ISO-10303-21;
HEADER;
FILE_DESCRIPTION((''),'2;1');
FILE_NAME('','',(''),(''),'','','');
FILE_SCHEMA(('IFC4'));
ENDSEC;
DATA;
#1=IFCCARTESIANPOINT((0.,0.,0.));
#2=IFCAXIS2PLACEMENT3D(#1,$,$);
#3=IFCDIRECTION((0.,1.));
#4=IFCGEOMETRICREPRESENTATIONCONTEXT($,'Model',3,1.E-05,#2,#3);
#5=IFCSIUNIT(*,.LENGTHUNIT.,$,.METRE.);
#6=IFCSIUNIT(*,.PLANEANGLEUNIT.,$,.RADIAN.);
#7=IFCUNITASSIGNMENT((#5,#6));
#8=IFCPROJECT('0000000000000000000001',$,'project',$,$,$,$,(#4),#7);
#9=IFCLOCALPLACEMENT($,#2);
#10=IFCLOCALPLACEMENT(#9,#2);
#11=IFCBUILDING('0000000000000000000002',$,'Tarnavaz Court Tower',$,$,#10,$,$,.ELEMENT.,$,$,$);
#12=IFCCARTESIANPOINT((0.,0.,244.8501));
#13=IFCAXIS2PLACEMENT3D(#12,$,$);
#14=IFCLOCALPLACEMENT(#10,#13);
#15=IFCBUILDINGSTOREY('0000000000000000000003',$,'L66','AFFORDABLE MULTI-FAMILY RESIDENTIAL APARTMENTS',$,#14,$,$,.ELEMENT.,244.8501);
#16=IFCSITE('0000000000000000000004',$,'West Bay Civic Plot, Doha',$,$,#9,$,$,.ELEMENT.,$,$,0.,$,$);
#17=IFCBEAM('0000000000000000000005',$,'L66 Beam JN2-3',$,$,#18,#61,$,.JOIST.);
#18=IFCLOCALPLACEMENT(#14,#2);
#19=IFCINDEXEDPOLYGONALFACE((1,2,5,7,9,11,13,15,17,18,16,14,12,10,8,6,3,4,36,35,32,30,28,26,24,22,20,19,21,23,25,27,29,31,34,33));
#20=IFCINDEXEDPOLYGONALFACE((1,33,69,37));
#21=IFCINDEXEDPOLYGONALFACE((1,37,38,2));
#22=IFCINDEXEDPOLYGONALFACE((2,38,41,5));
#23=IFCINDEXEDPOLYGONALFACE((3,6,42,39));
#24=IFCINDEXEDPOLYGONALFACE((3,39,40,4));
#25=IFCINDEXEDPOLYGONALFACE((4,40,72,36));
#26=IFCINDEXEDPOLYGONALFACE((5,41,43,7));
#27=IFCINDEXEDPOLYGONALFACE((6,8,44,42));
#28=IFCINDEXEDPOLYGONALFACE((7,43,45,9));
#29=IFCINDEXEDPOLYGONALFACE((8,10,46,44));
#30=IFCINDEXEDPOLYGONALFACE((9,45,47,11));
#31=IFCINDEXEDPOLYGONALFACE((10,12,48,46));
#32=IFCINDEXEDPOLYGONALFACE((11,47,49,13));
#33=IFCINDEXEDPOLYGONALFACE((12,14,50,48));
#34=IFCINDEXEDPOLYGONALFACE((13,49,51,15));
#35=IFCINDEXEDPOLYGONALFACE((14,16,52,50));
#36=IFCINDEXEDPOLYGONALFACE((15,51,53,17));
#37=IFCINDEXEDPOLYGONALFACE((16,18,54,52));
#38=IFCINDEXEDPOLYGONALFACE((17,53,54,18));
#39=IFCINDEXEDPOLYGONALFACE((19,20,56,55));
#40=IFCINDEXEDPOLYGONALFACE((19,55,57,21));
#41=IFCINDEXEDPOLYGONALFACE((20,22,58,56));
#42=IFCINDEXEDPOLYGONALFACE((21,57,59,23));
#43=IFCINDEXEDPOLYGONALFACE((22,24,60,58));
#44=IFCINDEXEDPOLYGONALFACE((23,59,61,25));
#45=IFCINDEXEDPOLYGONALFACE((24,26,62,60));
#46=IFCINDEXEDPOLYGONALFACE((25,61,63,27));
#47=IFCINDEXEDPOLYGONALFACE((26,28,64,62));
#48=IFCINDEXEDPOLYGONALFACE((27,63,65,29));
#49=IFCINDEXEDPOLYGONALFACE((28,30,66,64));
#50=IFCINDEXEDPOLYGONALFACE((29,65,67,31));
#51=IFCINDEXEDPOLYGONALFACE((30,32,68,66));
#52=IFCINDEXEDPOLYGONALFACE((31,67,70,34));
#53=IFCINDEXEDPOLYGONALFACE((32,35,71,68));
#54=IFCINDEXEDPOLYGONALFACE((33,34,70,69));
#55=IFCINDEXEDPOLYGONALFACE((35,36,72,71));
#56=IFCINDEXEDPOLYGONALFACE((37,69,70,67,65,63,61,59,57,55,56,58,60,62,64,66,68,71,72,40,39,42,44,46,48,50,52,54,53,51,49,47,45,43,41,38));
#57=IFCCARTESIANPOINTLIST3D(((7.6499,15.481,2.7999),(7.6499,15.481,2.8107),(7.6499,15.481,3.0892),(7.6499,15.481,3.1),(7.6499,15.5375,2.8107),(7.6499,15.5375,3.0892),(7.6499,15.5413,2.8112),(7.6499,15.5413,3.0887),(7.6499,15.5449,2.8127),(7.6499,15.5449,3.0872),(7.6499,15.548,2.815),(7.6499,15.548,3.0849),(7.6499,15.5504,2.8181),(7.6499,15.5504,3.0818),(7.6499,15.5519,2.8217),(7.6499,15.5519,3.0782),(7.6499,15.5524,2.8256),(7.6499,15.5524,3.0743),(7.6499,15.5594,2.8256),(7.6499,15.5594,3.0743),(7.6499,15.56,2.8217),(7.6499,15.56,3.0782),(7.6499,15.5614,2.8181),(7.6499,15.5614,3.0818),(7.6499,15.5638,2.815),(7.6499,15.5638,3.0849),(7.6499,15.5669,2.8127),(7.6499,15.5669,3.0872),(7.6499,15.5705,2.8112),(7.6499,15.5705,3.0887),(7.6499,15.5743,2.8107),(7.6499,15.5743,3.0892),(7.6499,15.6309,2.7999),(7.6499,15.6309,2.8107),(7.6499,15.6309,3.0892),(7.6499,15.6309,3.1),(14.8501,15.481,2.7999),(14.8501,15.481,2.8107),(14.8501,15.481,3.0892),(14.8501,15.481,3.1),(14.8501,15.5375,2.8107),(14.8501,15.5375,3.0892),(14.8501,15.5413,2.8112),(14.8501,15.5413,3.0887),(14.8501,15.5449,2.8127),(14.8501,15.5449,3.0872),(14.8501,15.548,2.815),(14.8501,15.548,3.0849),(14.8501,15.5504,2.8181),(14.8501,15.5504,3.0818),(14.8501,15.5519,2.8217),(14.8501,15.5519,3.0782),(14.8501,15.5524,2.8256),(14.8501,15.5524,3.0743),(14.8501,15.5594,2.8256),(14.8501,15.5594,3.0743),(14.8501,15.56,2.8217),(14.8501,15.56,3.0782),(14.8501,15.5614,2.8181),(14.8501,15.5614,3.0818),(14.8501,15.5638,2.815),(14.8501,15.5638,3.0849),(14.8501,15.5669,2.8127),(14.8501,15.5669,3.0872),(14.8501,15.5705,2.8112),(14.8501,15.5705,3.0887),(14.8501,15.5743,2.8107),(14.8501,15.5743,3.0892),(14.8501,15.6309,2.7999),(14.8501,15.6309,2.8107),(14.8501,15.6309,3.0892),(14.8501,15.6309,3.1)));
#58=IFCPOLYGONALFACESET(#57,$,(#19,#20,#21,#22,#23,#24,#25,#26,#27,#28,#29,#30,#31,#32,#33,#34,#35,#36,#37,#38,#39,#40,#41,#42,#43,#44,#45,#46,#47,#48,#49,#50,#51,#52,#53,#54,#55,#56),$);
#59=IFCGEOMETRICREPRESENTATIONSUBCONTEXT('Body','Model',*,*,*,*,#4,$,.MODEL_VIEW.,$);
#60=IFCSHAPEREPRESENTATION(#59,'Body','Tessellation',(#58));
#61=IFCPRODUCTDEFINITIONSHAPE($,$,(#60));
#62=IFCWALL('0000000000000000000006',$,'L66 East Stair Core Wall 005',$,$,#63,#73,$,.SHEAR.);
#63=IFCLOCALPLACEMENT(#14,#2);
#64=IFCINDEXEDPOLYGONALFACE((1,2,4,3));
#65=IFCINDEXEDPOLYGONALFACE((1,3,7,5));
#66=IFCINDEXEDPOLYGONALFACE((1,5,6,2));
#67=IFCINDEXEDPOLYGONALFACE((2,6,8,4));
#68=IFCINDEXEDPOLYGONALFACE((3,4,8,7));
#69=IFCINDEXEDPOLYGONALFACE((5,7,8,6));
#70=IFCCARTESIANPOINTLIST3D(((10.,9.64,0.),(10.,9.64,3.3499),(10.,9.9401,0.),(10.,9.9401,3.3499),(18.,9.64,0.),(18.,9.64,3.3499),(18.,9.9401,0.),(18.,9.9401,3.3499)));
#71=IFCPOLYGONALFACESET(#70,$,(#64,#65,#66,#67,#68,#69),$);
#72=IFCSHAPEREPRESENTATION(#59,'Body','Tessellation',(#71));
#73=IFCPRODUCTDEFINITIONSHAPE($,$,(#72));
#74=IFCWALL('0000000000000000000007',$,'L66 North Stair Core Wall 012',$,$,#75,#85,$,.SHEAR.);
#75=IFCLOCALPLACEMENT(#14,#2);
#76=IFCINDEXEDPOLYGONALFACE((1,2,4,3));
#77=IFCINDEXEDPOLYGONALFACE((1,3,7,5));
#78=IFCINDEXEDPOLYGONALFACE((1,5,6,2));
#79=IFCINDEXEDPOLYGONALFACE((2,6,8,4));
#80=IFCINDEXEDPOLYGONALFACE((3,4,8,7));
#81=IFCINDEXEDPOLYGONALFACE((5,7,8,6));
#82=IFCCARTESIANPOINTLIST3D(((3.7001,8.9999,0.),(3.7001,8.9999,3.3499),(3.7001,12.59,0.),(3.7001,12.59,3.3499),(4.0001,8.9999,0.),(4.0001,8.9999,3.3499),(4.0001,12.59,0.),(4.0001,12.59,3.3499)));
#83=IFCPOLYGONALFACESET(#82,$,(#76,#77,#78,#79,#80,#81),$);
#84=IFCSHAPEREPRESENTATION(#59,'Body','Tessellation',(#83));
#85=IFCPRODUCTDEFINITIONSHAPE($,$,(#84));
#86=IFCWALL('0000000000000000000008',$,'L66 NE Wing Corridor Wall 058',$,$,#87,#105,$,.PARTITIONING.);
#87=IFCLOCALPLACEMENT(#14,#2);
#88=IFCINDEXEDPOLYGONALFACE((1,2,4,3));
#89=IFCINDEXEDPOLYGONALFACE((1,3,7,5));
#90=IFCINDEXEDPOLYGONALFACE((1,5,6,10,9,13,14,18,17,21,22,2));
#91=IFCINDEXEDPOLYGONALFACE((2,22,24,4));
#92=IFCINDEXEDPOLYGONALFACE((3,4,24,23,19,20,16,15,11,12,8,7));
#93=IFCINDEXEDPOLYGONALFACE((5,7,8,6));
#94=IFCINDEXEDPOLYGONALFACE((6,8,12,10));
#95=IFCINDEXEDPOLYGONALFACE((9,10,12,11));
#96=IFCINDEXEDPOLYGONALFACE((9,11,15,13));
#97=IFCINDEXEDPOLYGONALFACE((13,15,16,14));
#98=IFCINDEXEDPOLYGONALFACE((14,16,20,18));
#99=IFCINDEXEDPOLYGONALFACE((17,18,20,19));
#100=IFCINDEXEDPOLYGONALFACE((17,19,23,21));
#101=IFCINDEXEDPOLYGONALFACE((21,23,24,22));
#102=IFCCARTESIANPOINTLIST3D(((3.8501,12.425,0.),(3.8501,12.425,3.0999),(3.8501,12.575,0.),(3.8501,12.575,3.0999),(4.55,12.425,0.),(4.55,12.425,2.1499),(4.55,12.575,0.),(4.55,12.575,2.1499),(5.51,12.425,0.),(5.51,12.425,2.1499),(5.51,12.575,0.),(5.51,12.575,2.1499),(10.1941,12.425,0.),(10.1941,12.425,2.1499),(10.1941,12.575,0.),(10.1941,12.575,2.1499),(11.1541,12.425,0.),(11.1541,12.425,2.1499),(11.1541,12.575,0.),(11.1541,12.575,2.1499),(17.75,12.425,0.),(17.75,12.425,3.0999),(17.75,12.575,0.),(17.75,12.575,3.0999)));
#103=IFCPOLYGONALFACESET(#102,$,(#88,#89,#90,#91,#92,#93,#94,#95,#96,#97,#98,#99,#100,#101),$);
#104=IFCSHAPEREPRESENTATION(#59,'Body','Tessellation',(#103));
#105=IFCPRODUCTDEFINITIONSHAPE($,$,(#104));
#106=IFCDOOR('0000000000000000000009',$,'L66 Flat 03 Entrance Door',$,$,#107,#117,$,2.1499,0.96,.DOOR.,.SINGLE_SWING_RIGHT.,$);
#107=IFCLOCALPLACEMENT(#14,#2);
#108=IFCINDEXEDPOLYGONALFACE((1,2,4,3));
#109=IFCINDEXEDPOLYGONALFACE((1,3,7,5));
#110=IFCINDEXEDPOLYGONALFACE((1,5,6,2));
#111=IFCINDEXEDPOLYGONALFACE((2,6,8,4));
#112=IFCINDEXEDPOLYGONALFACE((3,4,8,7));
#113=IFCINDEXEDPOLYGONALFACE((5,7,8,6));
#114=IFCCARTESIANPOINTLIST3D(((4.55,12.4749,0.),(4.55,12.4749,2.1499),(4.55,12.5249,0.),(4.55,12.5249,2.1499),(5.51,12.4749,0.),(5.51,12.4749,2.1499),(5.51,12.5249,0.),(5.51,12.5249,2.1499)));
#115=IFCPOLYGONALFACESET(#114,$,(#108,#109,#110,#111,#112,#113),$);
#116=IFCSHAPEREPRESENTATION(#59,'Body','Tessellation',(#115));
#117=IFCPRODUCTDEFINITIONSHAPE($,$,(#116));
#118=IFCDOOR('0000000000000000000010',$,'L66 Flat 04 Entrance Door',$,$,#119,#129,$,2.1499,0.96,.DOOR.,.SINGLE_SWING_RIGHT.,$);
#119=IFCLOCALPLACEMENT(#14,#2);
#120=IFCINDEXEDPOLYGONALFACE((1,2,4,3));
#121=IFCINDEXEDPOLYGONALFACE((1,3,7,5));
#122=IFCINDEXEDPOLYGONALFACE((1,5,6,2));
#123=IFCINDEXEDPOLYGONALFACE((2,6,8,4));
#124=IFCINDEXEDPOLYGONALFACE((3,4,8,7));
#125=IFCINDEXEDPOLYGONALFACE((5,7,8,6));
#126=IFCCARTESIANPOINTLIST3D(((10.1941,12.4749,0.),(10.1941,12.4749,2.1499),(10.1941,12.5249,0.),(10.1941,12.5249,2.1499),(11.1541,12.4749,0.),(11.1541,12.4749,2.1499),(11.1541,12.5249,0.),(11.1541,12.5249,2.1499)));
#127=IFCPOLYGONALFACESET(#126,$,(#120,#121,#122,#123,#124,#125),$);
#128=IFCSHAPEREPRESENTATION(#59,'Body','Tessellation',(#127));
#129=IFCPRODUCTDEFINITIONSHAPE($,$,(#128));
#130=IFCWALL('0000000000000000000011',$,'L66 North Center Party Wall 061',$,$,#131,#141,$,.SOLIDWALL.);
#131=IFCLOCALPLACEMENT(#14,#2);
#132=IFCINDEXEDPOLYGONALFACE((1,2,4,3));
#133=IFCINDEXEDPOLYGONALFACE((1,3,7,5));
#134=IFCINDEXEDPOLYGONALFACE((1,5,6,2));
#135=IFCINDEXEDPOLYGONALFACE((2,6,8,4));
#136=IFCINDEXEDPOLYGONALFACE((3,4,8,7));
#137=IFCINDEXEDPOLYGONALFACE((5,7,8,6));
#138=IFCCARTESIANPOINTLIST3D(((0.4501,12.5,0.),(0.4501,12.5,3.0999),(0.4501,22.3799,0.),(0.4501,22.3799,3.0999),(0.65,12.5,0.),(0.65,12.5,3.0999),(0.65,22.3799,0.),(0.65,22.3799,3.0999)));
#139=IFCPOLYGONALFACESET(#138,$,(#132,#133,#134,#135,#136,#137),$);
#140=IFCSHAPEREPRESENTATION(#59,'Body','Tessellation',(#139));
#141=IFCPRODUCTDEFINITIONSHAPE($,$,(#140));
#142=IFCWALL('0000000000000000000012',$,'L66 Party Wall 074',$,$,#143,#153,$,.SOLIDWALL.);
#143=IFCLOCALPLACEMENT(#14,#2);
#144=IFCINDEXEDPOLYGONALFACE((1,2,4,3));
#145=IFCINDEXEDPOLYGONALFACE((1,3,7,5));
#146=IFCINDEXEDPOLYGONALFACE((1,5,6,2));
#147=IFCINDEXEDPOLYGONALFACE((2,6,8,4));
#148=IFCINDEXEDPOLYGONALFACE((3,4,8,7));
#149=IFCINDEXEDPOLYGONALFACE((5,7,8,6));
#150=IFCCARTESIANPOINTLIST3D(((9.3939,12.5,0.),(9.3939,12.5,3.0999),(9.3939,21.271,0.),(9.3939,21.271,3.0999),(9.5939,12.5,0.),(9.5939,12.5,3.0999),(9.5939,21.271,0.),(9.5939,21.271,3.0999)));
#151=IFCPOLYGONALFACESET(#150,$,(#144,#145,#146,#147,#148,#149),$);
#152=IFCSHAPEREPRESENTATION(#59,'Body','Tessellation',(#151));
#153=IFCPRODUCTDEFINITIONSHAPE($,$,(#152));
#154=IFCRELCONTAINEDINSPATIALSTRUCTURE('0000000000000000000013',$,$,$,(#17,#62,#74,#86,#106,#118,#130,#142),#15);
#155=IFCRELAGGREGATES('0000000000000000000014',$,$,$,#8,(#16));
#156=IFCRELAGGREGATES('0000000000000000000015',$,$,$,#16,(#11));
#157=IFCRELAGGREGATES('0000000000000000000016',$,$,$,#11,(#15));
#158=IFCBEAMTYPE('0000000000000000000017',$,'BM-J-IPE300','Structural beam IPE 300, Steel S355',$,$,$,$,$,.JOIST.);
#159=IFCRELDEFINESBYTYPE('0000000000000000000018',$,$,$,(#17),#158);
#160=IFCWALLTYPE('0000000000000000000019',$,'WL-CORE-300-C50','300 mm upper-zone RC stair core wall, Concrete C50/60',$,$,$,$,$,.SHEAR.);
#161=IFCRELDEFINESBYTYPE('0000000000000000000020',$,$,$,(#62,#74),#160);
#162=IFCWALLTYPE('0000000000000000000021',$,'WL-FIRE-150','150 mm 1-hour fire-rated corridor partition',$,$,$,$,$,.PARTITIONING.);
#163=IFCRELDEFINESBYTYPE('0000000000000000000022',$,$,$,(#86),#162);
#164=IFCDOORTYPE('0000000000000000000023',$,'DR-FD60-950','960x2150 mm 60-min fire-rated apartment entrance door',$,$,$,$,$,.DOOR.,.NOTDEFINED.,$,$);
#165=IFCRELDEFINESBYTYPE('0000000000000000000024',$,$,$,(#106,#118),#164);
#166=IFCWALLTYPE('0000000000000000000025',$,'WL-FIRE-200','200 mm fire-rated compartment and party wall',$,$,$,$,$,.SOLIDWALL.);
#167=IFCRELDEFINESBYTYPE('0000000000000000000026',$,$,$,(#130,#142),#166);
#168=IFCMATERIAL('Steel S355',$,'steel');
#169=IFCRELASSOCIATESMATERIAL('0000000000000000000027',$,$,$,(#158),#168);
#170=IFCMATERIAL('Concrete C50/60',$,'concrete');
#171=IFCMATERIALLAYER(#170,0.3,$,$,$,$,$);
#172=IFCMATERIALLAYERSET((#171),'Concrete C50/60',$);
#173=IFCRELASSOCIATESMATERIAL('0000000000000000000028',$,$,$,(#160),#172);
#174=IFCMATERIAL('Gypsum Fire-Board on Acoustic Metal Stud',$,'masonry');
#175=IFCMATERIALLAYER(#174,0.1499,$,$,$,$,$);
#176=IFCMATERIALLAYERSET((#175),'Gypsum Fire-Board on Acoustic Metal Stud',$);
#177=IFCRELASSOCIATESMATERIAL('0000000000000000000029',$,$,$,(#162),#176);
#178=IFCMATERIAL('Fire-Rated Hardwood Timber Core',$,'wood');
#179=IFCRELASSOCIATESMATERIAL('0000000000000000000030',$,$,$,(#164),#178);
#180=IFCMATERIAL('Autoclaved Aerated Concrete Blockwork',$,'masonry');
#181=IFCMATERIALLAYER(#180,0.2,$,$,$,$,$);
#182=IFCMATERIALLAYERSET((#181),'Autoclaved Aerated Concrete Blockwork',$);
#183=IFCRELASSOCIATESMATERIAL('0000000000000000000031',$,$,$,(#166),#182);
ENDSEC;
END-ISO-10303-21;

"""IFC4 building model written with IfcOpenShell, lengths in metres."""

from ifc_helpers import new_model, si_unit, direction, frame, frame_2d, origin, origin_2d, place, context, subcontext, project, spatial, rectangle, i_section, extrude, material, layer, layer_set, material_profile, profile_set, type_object, element, fill, save


model = new_model("IFC4")

# Units and contexts
model_context = context("Model", 3, precision=1e-05, world=origin(), true_north=direction((0.0, 1.0)))
body_context = subcontext(model_context, "Body", "Model", "MODEL_VIEW")
ifc_project = project(units=[si_unit("LENGTHUNIT", "METRE"), si_unit("PLANEANGLEUNIT", "RADIAN")], contexts=[model_context])

# Site, building, storey
site_placement = place(None, origin())
site = spatial("IfcSite", under=ifc_project, at=site_placement, Name="West Bay Civic Plot, Doha", CompositionType="ELEMENT", RefElevation=0.0)
building_placement = place(site_placement, origin())
building = spatial("IfcBuilding", under=site, at=building_placement, Name="Tarnavaz Court Tower", CompositionType="ELEMENT")
storey_placement = place(building_placement, frame((0.0, 0.0, 244.8501)))
storey = spatial("IfcBuildingStorey", under=building, at=storey_placement, Name="L66", Description="AFFORDABLE MULTI-FAMILY RESIDENTIAL APARTMENTS", CompositionType="ELEMENT", Elevation=244.8501)

# Shared definitions
ifc_material_1 = material(Name="Concrete C50/60", Category="concrete")

# Beam
ifc_material_2 = material(Name="Steel S355", Category="steel")
ifc_material_profile_1 = material_profile(ifc_material_2, i_section(OverallWidth=0.1499, OverallDepth=0.3, WebThickness=0.0071, FlangeThickness=0.0107, FilletRadius=0.0149, at=origin_2d()), Name="IPE 300")
ifc_profile_set_1 = profile_set([ifc_material_profile_1], Name="Steel S355")
beam_type_1 = type_object("IfcBeamType", Name="BM-J-IPE300", Description="Structural beam IPE 300, Steel S355", PredefinedType="JOIST", material=ifc_profile_set_1)
for number, where, z_axis, x_axis, name in (
    (1, (7.6499, 15.5559, 2.95), (1.0, 0.0, 0.0), (0.0, 1.0, 0.0), "L66 Beam JN2-3"),
):
    element("IfcBeam", number, at=place(storey_placement, frame(where, z_axis=z_axis, x_axis=x_axis)), inside=storey, type_object=beam_type_1, Name=name, PredefinedType="JOIST", context=body_context, shape_type="SweptSolid", body=[
        extrude(i_section(OverallWidth=0.1499, OverallDepth=0.3, WebThickness=0.0071, FlangeThickness=0.0107, FilletRadius=0.0149, at=origin_2d()), origin(), (0.0, 0.0, 1.0), 7.2002),
    ])

# Wall
ifc_layer_1 = layer(ifc_material_1, 0.3)
ifc_layer_set_1 = layer_set([ifc_layer_1], Name="Concrete C50/60")
wall_type_1 = type_object("IfcWallType", Name="WL-CORE-300-C50", Description="300 mm upper-zone RC stair core wall, Concrete C50/60", PredefinedType="SHEAR", material=ifc_layer_set_1)
wall_1_placement = place(storey_placement, frame((10.0, 9.79, 0.0), z_axis=(0.0, 0.0, 1.0), x_axis=(1.0, 0.0, 0.0)))
element("IfcWall", 2, at=wall_1_placement, inside=storey, type_object=wall_type_1, Name="L66 East Stair Core Wall 005", PredefinedType="SHEAR", context=body_context, shape_type="SweptSolid", body=[
    extrude(rectangle(XDim=8.0, YDim=0.3, at=frame_2d((4.0, 0.0))), origin(), (0.0, 0.0, 1.0), 3.3499),
])

# Shared definitions
ifc_material_3 = material(Name="Fire-Rated Hardwood Timber Core", Category="wood")

# Wall
wall_2_placement = place(storey_placement, frame((3.8501, 9.0, 0.0), z_axis=(0.0, 0.0, 1.0), x_axis=(0.0, 1.0, 0.0)))
element("IfcWall", 3, at=wall_2_placement, inside=storey, type_object=wall_type_1, Name="L66 North Stair Core Wall 012", PredefinedType="SHEAR", context=body_context, shape_type="SweptSolid", body=[
    extrude(rectangle(XDim=3.5901, YDim=0.3, at=frame_2d((1.7949, 0.0))), origin(), (0.0, 0.0, 1.0), 3.3499),
])

# Wall, openings, doors
ifc_material_4 = material(Name="Gypsum Fire-Board on Acoustic Metal Stud", Category="masonry")
ifc_layer_2 = layer(ifc_material_4, 0.1499)
ifc_layer_set_2 = layer_set([ifc_layer_2], Name="Gypsum Fire-Board on Acoustic Metal Stud")
wall_type_2 = type_object("IfcWallType", Name="WL-FIRE-150", Description="150 mm 1-hour fire-rated corridor partition", PredefinedType="PARTITIONING", material=ifc_layer_set_2)
wall_3_placement = place(storey_placement, frame((3.8501, 12.5, 0.0), z_axis=(0.0, 0.0, 1.0), x_axis=(1.0, 0.0, 0.0)))
wall_3 = element("IfcWall", 4, at=wall_3_placement, inside=storey, type_object=wall_type_2, Name="L66 NE Wing Corridor Wall 058", PredefinedType="PARTITIONING", context=body_context, shape_type="SweptSolid", body=[
    extrude(rectangle(XDim=13.8999, YDim=0.1499, at=frame_2d((6.95, 0.0))), origin(), (0.0, 0.0, 1.0), 3.0999),
])
opening_1_placement = place(wall_3_placement, frame((0.7, 0.0, 0.0)))
opening_1 = element("IfcOpeningElement", 5, at=opening_1_placement, cuts=wall_3, PredefinedType="OPENING", context=body_context, shape_type="SweptSolid", body=[
    extrude(rectangle(XDim=0.96, YDim=2.1499, at=frame_2d((0.48, 1.075))), frame((0.0, 0.085, 0.0), z_axis=(0.0, -1.0, 0.0), x_axis=(1.0, 0.0, 0.0)), (0.0, 0.0, 1.0), 0.1699),
])
opening_2_placement = place(wall_3_placement, frame((6.344, 0.0, 0.0)))
opening_2 = element("IfcOpeningElement", 6, at=opening_2_placement, cuts=wall_3, PredefinedType="OPENING", context=body_context, shape_type="SweptSolid", body=[
    extrude(rectangle(XDim=0.96, YDim=2.1499, at=frame_2d((0.48, 1.075))), frame((0.0, 0.085, 0.0), z_axis=(0.0, -1.0, 0.0), x_axis=(1.0, 0.0, 0.0)), (0.0, 0.0, 1.0), 0.1699),
])
door_type_1 = type_object("IfcDoorType", Name="DR-FD60-950", Description="960x2150 mm 60-min fire-rated apartment entrance door", OperationType="NOTDEFINED", PredefinedType="DOOR", material=ifc_material_3)
door_1_placement = place(opening_1_placement, origin())
door_1 = element("IfcDoor", 7, at=door_1_placement, inside=storey, type_object=door_type_1, Name="L66 Flat 03 Entrance Door", OperationType="SINGLE_SWING_RIGHT", OverallHeight=2.1499, OverallWidth=0.96, PredefinedType="DOOR", context=body_context, shape_type="SweptSolid", body=[
    extrude(rectangle(XDim=0.96, YDim=2.1499, at=frame_2d((0.48, 1.075))), frame((0.0, 0.0249, 0.0), z_axis=(0.0, -1.0, 0.0), x_axis=(1.0, 0.0, 0.0)), (0.0, 0.0, 1.0), 0.05),
])
fill(opening_1, door_1)
door_2_placement = place(opening_2_placement, origin())
door_2 = element("IfcDoor", 8, at=door_2_placement, inside=storey, type_object=door_type_1, Name="L66 Flat 04 Entrance Door", OperationType="SINGLE_SWING_RIGHT", OverallHeight=2.1499, OverallWidth=0.96, PredefinedType="DOOR", context=body_context, shape_type="SweptSolid", body=[
    extrude(rectangle(XDim=0.96, YDim=2.1499, at=frame_2d((0.48, 1.075))), frame((0.0, 0.0249, 0.0), z_axis=(0.0, -1.0, 0.0), x_axis=(1.0, 0.0, 0.0)), (0.0, 0.0, 1.0), 0.05),
])
fill(opening_2, door_2)

# Walls
ifc_material_5 = material(Name="Autoclaved Aerated Concrete Blockwork", Category="masonry")
ifc_layer_3 = layer(ifc_material_5, 0.2)
ifc_layer_set_3 = layer_set([ifc_layer_3], Name="Autoclaved Aerated Concrete Blockwork")
wall_type_3 = type_object("IfcWallType", Name="WL-FIRE-200", Description="200 mm fire-rated compartment and party wall", PredefinedType="SOLIDWALL", material=ifc_layer_set_3)
wall_4_placement = place(storey_placement, frame((0.55, 12.5, 0.0), z_axis=(0.0, 0.0, 1.0), x_axis=(0.0, 1.0, 0.0)))
element("IfcWall", 9, at=wall_4_placement, inside=storey, type_object=wall_type_3, Name="L66 North Center Party Wall 061", PredefinedType="SOLIDWALL", context=body_context, shape_type="SweptSolid", body=[
    extrude(rectangle(XDim=9.8799, YDim=0.2, at=frame_2d((4.9399, 0.0))), origin(), (0.0, 0.0, 1.0), 3.0999),
])
wall_5_placement = place(storey_placement, frame((9.4939, 12.5, 0.0), z_axis=(0.0, 0.0, 1.0), x_axis=(0.0, 1.0, 0.0)))
element("IfcWall", 10, at=wall_5_placement, inside=storey, type_object=wall_type_3, Name="L66 Party Wall 074", PredefinedType="SOLIDWALL", context=body_context, shape_type="SweptSolid", body=[
    extrude(rectangle(XDim=8.771, YDim=0.2, at=frame_2d((4.3855, 0.0))), origin(), (0.0, 0.0, 1.0), 3.0999),
])

save(model, "model.ifc")
